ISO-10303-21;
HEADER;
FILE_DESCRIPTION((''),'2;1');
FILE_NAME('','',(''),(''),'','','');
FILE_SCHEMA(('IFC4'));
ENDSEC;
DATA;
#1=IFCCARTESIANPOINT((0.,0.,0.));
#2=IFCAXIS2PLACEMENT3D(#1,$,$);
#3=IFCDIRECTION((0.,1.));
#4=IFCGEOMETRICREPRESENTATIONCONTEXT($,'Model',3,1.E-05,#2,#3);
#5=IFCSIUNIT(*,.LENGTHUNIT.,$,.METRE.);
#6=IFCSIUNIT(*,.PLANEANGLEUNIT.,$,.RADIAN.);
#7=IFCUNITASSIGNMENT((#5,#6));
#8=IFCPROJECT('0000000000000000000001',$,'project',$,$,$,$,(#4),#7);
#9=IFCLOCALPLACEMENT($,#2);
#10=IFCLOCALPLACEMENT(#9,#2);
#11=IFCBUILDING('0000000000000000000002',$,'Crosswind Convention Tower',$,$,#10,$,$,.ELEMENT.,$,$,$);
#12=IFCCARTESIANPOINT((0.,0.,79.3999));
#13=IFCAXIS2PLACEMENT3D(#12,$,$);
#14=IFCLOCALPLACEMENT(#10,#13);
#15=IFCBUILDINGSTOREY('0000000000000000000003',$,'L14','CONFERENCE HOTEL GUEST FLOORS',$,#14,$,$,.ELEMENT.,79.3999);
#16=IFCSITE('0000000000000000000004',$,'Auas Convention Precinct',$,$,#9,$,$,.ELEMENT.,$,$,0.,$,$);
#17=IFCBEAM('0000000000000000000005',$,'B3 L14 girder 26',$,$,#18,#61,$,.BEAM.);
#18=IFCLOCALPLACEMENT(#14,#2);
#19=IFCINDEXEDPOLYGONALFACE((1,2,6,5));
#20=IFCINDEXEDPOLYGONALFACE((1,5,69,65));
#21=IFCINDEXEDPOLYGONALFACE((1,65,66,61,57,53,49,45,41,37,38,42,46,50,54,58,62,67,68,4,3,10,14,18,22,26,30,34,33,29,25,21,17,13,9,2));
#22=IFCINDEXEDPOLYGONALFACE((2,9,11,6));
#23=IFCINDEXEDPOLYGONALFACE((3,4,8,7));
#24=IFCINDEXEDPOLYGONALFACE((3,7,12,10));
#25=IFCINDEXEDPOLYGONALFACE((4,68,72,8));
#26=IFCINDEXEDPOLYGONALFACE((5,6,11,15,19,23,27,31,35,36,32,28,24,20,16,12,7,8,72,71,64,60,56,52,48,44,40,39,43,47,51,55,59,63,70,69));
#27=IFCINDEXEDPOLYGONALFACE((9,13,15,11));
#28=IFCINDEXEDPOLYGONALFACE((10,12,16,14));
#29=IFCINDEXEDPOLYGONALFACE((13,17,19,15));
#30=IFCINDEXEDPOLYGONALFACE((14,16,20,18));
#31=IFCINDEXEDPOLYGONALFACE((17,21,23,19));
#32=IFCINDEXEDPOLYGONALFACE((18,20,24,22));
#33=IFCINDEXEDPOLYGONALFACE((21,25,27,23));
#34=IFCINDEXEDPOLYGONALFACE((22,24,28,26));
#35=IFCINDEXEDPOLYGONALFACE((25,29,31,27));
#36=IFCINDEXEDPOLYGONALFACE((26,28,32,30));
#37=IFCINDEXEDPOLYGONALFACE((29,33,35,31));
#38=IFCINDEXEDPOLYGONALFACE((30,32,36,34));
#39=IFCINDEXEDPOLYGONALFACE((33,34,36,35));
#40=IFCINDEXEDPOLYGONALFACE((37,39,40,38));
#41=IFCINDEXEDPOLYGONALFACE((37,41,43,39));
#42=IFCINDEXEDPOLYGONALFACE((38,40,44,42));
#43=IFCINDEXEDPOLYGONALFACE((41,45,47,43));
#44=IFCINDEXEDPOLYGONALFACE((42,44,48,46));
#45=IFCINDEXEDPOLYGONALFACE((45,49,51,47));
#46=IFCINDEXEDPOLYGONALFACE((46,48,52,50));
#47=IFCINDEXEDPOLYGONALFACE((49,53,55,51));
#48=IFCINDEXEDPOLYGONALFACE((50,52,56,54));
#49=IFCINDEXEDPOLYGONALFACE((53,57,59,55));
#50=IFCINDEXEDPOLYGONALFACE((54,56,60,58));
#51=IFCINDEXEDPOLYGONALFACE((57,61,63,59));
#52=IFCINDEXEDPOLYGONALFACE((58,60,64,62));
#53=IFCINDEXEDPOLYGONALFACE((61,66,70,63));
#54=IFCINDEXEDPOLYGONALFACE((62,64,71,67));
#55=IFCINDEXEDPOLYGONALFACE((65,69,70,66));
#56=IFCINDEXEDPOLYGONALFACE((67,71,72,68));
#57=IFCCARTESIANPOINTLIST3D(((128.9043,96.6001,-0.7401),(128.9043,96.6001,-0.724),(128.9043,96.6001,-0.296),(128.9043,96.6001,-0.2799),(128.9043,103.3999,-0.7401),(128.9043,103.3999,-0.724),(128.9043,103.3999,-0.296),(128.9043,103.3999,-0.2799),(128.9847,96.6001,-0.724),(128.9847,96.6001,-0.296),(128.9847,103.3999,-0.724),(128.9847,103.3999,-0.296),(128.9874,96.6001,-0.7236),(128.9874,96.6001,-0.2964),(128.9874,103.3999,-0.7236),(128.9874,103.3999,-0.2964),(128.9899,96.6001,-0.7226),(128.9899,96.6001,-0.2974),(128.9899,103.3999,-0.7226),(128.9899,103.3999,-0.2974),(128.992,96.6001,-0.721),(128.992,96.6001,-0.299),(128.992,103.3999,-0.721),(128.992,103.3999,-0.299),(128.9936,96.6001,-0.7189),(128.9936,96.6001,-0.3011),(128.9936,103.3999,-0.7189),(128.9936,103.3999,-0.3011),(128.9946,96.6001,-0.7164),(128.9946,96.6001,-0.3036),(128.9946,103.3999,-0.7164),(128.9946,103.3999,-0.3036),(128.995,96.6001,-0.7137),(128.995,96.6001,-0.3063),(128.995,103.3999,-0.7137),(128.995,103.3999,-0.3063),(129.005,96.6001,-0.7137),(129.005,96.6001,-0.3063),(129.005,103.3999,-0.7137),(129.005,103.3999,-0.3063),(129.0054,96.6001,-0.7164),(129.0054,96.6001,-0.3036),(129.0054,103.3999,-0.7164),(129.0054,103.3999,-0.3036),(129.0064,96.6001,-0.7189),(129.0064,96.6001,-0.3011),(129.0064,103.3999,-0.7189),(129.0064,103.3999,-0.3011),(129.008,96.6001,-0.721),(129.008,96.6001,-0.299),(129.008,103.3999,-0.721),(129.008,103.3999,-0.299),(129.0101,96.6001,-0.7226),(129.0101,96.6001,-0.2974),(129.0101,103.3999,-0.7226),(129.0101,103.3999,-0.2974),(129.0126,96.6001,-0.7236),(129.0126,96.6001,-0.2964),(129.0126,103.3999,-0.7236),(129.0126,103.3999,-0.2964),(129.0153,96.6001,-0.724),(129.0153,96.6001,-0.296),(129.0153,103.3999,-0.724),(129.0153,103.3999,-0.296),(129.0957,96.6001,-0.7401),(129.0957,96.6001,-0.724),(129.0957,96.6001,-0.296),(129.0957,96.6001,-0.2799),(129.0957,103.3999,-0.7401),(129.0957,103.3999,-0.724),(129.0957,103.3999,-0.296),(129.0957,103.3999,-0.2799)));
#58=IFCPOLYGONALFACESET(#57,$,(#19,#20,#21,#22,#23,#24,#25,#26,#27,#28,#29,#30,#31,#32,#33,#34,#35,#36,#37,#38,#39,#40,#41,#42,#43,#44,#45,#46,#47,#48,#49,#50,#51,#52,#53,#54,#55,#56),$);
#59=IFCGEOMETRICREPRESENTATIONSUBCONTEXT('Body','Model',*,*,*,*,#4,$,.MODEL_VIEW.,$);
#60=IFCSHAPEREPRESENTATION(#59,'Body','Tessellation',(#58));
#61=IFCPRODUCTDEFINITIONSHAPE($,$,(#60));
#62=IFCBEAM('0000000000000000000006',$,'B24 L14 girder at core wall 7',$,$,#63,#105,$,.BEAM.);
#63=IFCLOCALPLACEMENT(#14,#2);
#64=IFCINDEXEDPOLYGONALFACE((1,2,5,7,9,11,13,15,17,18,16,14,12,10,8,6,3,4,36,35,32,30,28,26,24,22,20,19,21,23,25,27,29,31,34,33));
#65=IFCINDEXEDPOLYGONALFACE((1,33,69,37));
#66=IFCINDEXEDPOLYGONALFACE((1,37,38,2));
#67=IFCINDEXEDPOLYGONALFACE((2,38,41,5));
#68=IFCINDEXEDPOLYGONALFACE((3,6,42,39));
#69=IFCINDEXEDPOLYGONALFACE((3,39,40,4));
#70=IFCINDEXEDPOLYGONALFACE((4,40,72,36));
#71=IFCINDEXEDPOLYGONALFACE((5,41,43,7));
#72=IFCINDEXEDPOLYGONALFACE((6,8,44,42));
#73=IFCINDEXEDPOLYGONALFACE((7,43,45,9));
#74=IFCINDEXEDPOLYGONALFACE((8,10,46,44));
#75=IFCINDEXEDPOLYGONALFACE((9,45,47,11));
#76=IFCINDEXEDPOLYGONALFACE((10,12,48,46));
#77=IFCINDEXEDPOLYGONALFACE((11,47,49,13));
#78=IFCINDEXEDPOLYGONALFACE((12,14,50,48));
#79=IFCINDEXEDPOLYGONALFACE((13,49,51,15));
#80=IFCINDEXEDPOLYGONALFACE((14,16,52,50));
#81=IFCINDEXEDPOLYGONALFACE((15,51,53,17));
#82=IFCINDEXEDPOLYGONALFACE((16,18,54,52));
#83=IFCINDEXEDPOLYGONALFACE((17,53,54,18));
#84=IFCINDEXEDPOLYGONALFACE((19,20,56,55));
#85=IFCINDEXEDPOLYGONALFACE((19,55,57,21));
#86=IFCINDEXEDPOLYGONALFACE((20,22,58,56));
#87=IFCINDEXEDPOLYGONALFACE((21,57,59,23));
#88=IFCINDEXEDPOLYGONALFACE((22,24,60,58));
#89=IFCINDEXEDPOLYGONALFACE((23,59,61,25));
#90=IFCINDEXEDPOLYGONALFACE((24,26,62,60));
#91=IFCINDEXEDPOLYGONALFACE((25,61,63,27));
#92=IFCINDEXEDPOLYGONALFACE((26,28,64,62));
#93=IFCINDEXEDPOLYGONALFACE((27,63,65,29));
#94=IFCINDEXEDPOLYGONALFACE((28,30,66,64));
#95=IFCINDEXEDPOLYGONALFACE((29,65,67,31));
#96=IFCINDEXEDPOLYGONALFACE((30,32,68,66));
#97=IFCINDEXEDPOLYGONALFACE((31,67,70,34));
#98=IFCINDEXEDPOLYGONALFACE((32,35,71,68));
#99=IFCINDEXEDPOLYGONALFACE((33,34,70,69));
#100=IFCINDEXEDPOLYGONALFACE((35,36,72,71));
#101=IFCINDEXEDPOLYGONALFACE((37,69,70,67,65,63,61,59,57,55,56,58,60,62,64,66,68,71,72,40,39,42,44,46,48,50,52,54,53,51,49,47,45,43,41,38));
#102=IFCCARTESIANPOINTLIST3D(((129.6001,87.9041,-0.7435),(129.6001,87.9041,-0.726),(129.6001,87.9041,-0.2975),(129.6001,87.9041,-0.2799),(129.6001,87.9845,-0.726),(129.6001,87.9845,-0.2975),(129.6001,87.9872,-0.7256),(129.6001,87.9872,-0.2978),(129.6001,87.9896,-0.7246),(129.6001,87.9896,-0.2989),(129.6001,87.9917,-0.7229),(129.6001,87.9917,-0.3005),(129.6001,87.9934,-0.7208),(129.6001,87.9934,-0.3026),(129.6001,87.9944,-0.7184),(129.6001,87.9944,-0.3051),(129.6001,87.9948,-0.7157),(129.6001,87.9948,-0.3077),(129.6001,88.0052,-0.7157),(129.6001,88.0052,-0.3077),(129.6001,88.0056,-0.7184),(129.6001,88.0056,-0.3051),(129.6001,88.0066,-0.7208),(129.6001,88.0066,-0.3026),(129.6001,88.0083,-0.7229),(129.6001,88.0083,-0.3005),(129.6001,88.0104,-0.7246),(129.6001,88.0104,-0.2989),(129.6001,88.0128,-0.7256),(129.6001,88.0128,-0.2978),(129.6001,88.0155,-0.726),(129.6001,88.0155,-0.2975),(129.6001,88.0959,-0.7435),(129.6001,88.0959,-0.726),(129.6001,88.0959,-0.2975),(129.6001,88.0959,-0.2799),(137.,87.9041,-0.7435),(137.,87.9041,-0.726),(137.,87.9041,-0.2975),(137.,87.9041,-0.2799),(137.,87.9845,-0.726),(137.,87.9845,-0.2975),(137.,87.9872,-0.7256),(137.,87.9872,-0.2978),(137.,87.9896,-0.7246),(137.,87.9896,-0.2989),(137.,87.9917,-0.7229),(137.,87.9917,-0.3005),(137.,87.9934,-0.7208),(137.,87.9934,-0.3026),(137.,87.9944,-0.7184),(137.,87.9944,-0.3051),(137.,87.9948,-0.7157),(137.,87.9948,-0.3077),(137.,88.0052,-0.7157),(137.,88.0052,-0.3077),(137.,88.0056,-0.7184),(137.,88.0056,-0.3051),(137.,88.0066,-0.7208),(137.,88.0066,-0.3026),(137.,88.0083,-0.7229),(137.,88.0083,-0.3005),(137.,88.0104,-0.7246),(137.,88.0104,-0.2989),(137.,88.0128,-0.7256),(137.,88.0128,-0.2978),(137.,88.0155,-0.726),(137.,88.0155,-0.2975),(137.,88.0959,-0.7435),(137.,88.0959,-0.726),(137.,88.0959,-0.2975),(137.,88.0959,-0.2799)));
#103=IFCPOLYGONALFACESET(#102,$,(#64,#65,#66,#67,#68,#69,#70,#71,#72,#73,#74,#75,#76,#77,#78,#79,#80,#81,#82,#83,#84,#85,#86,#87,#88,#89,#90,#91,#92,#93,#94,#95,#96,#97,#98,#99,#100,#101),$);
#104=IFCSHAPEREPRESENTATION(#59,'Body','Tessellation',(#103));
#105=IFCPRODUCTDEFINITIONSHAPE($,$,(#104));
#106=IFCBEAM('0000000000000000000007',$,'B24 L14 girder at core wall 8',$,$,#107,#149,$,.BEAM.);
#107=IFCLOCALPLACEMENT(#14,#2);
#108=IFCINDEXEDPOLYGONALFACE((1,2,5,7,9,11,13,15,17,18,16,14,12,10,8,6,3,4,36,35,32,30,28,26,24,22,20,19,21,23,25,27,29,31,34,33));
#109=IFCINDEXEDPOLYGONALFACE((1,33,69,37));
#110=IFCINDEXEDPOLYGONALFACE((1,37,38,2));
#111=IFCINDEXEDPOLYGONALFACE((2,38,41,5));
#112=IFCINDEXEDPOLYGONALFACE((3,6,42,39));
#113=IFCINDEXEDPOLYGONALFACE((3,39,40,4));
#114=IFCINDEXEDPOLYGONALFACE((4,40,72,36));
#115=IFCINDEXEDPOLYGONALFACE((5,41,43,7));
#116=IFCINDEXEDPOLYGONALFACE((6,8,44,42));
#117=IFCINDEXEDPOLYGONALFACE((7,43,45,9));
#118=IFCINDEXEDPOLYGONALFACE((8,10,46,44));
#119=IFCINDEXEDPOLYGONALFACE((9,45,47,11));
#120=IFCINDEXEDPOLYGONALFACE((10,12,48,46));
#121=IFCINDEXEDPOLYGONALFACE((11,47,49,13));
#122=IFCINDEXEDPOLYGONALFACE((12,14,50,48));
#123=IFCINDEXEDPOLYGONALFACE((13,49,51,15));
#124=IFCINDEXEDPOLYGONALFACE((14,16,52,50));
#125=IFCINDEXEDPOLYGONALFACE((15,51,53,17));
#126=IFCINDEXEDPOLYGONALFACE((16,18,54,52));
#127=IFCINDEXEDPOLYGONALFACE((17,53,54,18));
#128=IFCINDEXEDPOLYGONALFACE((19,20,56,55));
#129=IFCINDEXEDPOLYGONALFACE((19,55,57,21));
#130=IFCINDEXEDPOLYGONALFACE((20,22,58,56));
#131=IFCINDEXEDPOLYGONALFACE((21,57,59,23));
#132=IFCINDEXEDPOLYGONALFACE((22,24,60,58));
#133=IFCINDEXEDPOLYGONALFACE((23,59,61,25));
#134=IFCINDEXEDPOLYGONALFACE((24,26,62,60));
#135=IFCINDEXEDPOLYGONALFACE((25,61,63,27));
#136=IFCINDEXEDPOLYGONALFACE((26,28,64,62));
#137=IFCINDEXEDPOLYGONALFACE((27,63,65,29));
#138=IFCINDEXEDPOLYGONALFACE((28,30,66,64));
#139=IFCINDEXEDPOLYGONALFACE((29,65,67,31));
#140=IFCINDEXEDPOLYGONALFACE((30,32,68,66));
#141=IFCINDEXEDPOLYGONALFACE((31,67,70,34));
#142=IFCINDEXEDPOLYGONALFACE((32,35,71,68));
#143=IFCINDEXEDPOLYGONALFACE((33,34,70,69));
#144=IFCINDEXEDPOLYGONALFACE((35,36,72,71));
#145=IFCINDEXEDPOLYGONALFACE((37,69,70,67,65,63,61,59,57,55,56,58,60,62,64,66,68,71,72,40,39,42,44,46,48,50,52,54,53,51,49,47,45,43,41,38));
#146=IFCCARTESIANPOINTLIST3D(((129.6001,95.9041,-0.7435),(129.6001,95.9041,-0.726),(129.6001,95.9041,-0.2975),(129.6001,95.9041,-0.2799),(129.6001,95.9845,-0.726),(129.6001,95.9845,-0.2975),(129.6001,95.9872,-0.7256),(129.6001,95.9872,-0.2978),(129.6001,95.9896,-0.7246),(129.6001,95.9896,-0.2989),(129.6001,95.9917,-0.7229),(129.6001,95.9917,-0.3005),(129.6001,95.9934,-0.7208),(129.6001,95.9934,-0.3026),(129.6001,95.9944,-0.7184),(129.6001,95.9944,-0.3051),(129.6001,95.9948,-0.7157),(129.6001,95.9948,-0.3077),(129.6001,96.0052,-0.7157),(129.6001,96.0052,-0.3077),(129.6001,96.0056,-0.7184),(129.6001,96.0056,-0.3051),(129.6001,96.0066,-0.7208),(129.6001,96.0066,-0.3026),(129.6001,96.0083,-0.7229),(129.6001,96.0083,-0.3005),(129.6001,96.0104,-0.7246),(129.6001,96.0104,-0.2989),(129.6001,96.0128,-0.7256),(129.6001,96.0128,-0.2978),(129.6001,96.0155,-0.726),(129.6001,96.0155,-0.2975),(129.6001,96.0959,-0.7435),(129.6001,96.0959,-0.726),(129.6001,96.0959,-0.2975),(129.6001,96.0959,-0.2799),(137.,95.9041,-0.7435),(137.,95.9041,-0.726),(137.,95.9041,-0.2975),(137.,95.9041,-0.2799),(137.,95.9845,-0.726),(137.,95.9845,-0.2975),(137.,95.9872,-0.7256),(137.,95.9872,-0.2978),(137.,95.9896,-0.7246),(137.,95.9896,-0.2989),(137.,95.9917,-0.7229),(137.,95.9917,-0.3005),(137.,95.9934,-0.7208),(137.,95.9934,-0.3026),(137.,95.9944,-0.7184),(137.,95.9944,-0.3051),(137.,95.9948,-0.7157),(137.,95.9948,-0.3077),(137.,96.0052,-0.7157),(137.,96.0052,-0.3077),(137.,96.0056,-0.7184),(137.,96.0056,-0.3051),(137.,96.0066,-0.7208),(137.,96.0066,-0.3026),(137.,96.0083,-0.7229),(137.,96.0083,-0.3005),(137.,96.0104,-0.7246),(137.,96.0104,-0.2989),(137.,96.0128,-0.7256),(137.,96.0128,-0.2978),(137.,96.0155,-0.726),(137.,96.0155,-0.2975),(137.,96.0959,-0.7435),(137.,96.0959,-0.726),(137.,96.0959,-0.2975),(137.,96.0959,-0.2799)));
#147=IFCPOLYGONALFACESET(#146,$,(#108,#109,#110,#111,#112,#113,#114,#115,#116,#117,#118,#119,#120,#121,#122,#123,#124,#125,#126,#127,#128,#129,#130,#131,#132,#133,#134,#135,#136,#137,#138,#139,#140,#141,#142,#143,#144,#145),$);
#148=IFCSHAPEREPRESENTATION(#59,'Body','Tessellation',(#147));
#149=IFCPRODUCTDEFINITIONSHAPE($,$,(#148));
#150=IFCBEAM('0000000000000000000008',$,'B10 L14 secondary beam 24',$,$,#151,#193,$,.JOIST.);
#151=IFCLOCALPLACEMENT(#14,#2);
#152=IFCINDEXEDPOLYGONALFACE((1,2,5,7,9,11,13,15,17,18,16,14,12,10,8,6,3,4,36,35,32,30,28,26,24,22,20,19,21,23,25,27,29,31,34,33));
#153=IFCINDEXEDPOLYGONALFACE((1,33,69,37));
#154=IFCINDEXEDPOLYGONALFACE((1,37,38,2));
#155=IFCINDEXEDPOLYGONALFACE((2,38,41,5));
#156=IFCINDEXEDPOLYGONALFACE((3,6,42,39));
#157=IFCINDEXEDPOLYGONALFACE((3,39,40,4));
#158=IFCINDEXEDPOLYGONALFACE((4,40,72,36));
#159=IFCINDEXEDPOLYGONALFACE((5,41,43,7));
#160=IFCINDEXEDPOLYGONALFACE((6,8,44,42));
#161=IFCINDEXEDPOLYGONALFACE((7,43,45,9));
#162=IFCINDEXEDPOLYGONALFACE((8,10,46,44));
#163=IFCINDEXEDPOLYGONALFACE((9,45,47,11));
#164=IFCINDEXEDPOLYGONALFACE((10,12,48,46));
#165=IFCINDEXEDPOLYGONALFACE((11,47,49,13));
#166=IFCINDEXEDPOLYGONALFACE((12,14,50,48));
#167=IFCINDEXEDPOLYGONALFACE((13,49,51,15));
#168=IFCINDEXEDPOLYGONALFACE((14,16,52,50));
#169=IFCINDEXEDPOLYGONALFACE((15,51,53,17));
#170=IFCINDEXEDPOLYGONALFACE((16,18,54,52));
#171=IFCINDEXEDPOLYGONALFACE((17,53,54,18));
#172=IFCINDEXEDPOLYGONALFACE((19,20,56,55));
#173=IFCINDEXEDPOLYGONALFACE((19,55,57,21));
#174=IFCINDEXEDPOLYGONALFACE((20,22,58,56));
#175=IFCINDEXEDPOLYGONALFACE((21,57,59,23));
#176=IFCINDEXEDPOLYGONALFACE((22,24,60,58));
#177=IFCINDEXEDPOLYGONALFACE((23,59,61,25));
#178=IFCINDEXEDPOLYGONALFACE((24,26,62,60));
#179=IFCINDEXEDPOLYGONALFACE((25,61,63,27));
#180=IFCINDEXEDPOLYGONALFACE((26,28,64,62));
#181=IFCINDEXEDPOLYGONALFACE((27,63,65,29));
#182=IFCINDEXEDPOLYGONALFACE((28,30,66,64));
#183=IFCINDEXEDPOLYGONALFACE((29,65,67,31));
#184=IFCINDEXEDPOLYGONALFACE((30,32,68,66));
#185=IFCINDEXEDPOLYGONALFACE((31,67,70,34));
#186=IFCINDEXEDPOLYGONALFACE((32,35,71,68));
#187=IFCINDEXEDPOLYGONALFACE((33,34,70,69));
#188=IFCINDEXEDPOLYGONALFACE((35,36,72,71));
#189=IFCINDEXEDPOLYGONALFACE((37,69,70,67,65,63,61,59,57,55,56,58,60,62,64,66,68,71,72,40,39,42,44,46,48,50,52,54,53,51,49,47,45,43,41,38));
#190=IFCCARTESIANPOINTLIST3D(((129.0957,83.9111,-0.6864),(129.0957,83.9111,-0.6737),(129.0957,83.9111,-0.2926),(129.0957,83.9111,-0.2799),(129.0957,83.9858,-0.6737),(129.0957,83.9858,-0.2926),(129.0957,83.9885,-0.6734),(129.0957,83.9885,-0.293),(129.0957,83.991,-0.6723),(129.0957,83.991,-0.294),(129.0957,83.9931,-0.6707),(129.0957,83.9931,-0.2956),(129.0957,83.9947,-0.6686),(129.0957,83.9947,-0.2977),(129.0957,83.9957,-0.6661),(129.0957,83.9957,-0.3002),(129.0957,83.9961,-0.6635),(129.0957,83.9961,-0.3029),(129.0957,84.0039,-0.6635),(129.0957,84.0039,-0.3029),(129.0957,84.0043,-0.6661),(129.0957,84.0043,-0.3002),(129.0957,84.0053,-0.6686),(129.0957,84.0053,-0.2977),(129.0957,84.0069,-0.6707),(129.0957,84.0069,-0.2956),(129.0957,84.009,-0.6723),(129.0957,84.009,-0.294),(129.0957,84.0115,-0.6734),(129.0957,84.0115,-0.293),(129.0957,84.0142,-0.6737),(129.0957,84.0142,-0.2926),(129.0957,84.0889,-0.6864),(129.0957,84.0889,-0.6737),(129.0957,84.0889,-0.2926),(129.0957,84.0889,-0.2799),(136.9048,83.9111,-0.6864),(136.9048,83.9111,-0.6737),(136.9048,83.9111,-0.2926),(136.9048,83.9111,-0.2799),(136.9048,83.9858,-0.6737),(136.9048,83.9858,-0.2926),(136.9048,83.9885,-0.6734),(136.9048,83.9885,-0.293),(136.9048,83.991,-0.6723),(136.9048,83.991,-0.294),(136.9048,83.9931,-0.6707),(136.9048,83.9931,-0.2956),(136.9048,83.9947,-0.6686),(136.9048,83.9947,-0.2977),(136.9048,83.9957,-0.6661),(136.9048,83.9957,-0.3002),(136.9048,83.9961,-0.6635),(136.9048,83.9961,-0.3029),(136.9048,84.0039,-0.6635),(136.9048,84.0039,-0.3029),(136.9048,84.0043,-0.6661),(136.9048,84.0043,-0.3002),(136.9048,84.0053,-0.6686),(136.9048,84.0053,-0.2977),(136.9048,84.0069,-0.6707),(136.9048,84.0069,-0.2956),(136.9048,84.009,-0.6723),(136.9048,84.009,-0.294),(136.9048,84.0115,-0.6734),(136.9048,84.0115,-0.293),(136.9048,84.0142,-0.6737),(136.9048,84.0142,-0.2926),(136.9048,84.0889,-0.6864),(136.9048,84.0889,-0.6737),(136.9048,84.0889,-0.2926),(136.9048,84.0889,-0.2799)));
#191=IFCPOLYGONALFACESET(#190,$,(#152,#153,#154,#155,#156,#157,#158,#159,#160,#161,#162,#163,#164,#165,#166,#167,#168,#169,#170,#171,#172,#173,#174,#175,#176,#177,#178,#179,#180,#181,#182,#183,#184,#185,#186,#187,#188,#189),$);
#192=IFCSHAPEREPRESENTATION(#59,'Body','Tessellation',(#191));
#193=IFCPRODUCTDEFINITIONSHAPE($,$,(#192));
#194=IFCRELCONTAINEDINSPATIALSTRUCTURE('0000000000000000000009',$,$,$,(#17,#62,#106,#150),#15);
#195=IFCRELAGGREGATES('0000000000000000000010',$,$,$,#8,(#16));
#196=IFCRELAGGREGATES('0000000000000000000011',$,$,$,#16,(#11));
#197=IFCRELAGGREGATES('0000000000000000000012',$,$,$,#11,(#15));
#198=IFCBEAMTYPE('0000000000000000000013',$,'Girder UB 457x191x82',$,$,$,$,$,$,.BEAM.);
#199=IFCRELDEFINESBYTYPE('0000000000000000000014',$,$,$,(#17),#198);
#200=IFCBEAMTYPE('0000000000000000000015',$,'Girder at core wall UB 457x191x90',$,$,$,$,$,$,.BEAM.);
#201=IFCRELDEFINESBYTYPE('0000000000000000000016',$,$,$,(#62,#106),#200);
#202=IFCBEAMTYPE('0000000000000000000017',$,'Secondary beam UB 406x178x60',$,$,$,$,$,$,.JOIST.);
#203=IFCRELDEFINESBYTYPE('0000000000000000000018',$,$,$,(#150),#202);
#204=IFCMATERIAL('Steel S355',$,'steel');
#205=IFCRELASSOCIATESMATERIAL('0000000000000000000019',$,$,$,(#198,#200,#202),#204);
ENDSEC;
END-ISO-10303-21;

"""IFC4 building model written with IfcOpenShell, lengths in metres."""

from ifc_helpers import new_model, si_unit, direction, frame, origin, origin_2d, place, context, subcontext, project, spatial, i_section, extrude, material, material_profile, profile_set, type_object, element, save


model = new_model("IFC4")

# Units and contexts
model_context = context("Model", 3, precision=1e-05, world=origin(), true_north=direction((0.0, 1.0)))
body_context = subcontext(model_context, "Body", "Model", "MODEL_VIEW")
ifc_project = project(units=[si_unit("LENGTHUNIT", "METRE"), si_unit("PLANEANGLEUNIT", "RADIAN")], contexts=[model_context])

# Site, building, storey
site_placement = place(None, origin())
site = spatial("IfcSite", under=ifc_project, at=site_placement, Name="Auas Convention Precinct", CompositionType="ELEMENT", RefElevation=0.0)
building_placement = place(site_placement, origin())
building = spatial("IfcBuilding", under=site, at=building_placement, Name="Crosswind Convention Tower", CompositionType="ELEMENT")
storey_placement = place(building_placement, frame((0.0, 0.0, 79.3999)))
storey = spatial("IfcBuildingStorey", under=building, at=storey_placement, Name="L14", Description="CONFERENCE HOTEL GUEST FLOORS", CompositionType="ELEMENT", Elevation=79.3999)

# Beams
ifc_material_1 = material(Name="Steel S355", Category="steel")
ifc_material_profile_1 = material_profile(ifc_material_1, i_section(OverallWidth=0.1914, OverallDepth=0.4602, WebThickness=0.01, FlangeThickness=0.0161, FilletRadius=0.0103, at=origin_2d()), Name="UB 457x191x82")
ifc_profile_set_1 = profile_set([ifc_material_profile_1], Name="Steel S355")
beam_type_1 = type_object("IfcBeamType", Name="Girder UB 457x191x82", PredefinedType="BEAM", material=ifc_profile_set_1)
for number, where, z_axis, x_axis, name in (
    (1, (129.0, 96.6001, -0.51), (0.0, 1.0, 0.0), (-1.0, 0.0, 0.0), "B3 L14 girder 26"),
):
    element("IfcBeam", number, at=place(storey_placement, frame(where, z_axis=z_axis, x_axis=x_axis)), inside=storey, type_object=beam_type_1, Name=name, PredefinedType="BEAM", context=body_context, shape_type="SweptSolid", body=[
        extrude(i_section(OverallWidth=0.1914, OverallDepth=0.4602, WebThickness=0.01, FlangeThickness=0.0161, FilletRadius=0.0103, at=origin_2d()), origin(), (0.0, 0.0, 1.0), 6.7998),
    ])
ifc_material_profile_2 = material_profile(ifc_material_1, i_section(OverallWidth=0.1919, OverallDepth=0.4636, WebThickness=0.0105, FlangeThickness=0.0176, FilletRadius=0.0103, at=origin_2d()), Name="UB 457x191x90")
ifc_profile_set_2 = profile_set([ifc_material_profile_2], Name="Steel S355")
beam_type_2 = type_object("IfcBeamType", Name="Girder at core wall UB 457x191x90", PredefinedType="BEAM", material=ifc_profile_set_2)
for number, where, z_axis, x_axis, name in (
    (2, (129.6001, 88.0, -0.5117), (1.0, 0.0, 0.0), (0.0, 1.0, 0.0), "B24 L14 girder at core wall 7"),
    (3, (129.6001, 96.0, -0.5117), (1.0, 0.0, 0.0), (0.0, 1.0, 0.0), "B24 L14 girder at core wall 8"),
):
    element("IfcBeam", number, at=place(storey_placement, frame(where, z_axis=z_axis, x_axis=x_axis)), inside=storey, type_object=beam_type_2, Name=name, PredefinedType="BEAM", context=body_context, shape_type="SweptSolid", body=[
        extrude(i_section(OverallWidth=0.1919, OverallDepth=0.4636, WebThickness=0.0105, FlangeThickness=0.0176, FilletRadius=0.0103, at=origin_2d()), origin(), (0.0, 0.0, 1.0), 7.3999),
    ])
ifc_material_profile_3 = material_profile(ifc_material_1, i_section(OverallWidth=0.1777, OverallDepth=0.4065, WebThickness=0.0078, FlangeThickness=0.0127, FilletRadius=0.0103, at=origin_2d()), Name="UB 406x178x60")
ifc_profile_set_3 = profile_set([ifc_material_profile_3], Name="Steel S355")
beam_type_3 = type_object("IfcBeamType", Name="Secondary beam UB 406x178x60", PredefinedType="JOIST", material=ifc_profile_set_3)
beam_1_placement = place(storey_placement, frame((129.0957, 84.0, -0.4832), z_axis=(1.0, 0.0, 0.0), x_axis=(0.0, 1.0, 0.0)))
element("IfcBeam", 4, at=beam_1_placement, inside=storey, type_object=beam_type_3, Name="B10 L14 secondary beam 24", PredefinedType="JOIST", context=body_context, shape_type="SweptSolid", body=[
    extrude(i_section(OverallWidth=0.1777, OverallDepth=0.4065, WebThickness=0.0078, FlangeThickness=0.0127, FilletRadius=0.0103, at=origin_2d()), origin(), (0.0, 0.0, 1.0), 7.8091),
])

save(model, "model.ifc")
